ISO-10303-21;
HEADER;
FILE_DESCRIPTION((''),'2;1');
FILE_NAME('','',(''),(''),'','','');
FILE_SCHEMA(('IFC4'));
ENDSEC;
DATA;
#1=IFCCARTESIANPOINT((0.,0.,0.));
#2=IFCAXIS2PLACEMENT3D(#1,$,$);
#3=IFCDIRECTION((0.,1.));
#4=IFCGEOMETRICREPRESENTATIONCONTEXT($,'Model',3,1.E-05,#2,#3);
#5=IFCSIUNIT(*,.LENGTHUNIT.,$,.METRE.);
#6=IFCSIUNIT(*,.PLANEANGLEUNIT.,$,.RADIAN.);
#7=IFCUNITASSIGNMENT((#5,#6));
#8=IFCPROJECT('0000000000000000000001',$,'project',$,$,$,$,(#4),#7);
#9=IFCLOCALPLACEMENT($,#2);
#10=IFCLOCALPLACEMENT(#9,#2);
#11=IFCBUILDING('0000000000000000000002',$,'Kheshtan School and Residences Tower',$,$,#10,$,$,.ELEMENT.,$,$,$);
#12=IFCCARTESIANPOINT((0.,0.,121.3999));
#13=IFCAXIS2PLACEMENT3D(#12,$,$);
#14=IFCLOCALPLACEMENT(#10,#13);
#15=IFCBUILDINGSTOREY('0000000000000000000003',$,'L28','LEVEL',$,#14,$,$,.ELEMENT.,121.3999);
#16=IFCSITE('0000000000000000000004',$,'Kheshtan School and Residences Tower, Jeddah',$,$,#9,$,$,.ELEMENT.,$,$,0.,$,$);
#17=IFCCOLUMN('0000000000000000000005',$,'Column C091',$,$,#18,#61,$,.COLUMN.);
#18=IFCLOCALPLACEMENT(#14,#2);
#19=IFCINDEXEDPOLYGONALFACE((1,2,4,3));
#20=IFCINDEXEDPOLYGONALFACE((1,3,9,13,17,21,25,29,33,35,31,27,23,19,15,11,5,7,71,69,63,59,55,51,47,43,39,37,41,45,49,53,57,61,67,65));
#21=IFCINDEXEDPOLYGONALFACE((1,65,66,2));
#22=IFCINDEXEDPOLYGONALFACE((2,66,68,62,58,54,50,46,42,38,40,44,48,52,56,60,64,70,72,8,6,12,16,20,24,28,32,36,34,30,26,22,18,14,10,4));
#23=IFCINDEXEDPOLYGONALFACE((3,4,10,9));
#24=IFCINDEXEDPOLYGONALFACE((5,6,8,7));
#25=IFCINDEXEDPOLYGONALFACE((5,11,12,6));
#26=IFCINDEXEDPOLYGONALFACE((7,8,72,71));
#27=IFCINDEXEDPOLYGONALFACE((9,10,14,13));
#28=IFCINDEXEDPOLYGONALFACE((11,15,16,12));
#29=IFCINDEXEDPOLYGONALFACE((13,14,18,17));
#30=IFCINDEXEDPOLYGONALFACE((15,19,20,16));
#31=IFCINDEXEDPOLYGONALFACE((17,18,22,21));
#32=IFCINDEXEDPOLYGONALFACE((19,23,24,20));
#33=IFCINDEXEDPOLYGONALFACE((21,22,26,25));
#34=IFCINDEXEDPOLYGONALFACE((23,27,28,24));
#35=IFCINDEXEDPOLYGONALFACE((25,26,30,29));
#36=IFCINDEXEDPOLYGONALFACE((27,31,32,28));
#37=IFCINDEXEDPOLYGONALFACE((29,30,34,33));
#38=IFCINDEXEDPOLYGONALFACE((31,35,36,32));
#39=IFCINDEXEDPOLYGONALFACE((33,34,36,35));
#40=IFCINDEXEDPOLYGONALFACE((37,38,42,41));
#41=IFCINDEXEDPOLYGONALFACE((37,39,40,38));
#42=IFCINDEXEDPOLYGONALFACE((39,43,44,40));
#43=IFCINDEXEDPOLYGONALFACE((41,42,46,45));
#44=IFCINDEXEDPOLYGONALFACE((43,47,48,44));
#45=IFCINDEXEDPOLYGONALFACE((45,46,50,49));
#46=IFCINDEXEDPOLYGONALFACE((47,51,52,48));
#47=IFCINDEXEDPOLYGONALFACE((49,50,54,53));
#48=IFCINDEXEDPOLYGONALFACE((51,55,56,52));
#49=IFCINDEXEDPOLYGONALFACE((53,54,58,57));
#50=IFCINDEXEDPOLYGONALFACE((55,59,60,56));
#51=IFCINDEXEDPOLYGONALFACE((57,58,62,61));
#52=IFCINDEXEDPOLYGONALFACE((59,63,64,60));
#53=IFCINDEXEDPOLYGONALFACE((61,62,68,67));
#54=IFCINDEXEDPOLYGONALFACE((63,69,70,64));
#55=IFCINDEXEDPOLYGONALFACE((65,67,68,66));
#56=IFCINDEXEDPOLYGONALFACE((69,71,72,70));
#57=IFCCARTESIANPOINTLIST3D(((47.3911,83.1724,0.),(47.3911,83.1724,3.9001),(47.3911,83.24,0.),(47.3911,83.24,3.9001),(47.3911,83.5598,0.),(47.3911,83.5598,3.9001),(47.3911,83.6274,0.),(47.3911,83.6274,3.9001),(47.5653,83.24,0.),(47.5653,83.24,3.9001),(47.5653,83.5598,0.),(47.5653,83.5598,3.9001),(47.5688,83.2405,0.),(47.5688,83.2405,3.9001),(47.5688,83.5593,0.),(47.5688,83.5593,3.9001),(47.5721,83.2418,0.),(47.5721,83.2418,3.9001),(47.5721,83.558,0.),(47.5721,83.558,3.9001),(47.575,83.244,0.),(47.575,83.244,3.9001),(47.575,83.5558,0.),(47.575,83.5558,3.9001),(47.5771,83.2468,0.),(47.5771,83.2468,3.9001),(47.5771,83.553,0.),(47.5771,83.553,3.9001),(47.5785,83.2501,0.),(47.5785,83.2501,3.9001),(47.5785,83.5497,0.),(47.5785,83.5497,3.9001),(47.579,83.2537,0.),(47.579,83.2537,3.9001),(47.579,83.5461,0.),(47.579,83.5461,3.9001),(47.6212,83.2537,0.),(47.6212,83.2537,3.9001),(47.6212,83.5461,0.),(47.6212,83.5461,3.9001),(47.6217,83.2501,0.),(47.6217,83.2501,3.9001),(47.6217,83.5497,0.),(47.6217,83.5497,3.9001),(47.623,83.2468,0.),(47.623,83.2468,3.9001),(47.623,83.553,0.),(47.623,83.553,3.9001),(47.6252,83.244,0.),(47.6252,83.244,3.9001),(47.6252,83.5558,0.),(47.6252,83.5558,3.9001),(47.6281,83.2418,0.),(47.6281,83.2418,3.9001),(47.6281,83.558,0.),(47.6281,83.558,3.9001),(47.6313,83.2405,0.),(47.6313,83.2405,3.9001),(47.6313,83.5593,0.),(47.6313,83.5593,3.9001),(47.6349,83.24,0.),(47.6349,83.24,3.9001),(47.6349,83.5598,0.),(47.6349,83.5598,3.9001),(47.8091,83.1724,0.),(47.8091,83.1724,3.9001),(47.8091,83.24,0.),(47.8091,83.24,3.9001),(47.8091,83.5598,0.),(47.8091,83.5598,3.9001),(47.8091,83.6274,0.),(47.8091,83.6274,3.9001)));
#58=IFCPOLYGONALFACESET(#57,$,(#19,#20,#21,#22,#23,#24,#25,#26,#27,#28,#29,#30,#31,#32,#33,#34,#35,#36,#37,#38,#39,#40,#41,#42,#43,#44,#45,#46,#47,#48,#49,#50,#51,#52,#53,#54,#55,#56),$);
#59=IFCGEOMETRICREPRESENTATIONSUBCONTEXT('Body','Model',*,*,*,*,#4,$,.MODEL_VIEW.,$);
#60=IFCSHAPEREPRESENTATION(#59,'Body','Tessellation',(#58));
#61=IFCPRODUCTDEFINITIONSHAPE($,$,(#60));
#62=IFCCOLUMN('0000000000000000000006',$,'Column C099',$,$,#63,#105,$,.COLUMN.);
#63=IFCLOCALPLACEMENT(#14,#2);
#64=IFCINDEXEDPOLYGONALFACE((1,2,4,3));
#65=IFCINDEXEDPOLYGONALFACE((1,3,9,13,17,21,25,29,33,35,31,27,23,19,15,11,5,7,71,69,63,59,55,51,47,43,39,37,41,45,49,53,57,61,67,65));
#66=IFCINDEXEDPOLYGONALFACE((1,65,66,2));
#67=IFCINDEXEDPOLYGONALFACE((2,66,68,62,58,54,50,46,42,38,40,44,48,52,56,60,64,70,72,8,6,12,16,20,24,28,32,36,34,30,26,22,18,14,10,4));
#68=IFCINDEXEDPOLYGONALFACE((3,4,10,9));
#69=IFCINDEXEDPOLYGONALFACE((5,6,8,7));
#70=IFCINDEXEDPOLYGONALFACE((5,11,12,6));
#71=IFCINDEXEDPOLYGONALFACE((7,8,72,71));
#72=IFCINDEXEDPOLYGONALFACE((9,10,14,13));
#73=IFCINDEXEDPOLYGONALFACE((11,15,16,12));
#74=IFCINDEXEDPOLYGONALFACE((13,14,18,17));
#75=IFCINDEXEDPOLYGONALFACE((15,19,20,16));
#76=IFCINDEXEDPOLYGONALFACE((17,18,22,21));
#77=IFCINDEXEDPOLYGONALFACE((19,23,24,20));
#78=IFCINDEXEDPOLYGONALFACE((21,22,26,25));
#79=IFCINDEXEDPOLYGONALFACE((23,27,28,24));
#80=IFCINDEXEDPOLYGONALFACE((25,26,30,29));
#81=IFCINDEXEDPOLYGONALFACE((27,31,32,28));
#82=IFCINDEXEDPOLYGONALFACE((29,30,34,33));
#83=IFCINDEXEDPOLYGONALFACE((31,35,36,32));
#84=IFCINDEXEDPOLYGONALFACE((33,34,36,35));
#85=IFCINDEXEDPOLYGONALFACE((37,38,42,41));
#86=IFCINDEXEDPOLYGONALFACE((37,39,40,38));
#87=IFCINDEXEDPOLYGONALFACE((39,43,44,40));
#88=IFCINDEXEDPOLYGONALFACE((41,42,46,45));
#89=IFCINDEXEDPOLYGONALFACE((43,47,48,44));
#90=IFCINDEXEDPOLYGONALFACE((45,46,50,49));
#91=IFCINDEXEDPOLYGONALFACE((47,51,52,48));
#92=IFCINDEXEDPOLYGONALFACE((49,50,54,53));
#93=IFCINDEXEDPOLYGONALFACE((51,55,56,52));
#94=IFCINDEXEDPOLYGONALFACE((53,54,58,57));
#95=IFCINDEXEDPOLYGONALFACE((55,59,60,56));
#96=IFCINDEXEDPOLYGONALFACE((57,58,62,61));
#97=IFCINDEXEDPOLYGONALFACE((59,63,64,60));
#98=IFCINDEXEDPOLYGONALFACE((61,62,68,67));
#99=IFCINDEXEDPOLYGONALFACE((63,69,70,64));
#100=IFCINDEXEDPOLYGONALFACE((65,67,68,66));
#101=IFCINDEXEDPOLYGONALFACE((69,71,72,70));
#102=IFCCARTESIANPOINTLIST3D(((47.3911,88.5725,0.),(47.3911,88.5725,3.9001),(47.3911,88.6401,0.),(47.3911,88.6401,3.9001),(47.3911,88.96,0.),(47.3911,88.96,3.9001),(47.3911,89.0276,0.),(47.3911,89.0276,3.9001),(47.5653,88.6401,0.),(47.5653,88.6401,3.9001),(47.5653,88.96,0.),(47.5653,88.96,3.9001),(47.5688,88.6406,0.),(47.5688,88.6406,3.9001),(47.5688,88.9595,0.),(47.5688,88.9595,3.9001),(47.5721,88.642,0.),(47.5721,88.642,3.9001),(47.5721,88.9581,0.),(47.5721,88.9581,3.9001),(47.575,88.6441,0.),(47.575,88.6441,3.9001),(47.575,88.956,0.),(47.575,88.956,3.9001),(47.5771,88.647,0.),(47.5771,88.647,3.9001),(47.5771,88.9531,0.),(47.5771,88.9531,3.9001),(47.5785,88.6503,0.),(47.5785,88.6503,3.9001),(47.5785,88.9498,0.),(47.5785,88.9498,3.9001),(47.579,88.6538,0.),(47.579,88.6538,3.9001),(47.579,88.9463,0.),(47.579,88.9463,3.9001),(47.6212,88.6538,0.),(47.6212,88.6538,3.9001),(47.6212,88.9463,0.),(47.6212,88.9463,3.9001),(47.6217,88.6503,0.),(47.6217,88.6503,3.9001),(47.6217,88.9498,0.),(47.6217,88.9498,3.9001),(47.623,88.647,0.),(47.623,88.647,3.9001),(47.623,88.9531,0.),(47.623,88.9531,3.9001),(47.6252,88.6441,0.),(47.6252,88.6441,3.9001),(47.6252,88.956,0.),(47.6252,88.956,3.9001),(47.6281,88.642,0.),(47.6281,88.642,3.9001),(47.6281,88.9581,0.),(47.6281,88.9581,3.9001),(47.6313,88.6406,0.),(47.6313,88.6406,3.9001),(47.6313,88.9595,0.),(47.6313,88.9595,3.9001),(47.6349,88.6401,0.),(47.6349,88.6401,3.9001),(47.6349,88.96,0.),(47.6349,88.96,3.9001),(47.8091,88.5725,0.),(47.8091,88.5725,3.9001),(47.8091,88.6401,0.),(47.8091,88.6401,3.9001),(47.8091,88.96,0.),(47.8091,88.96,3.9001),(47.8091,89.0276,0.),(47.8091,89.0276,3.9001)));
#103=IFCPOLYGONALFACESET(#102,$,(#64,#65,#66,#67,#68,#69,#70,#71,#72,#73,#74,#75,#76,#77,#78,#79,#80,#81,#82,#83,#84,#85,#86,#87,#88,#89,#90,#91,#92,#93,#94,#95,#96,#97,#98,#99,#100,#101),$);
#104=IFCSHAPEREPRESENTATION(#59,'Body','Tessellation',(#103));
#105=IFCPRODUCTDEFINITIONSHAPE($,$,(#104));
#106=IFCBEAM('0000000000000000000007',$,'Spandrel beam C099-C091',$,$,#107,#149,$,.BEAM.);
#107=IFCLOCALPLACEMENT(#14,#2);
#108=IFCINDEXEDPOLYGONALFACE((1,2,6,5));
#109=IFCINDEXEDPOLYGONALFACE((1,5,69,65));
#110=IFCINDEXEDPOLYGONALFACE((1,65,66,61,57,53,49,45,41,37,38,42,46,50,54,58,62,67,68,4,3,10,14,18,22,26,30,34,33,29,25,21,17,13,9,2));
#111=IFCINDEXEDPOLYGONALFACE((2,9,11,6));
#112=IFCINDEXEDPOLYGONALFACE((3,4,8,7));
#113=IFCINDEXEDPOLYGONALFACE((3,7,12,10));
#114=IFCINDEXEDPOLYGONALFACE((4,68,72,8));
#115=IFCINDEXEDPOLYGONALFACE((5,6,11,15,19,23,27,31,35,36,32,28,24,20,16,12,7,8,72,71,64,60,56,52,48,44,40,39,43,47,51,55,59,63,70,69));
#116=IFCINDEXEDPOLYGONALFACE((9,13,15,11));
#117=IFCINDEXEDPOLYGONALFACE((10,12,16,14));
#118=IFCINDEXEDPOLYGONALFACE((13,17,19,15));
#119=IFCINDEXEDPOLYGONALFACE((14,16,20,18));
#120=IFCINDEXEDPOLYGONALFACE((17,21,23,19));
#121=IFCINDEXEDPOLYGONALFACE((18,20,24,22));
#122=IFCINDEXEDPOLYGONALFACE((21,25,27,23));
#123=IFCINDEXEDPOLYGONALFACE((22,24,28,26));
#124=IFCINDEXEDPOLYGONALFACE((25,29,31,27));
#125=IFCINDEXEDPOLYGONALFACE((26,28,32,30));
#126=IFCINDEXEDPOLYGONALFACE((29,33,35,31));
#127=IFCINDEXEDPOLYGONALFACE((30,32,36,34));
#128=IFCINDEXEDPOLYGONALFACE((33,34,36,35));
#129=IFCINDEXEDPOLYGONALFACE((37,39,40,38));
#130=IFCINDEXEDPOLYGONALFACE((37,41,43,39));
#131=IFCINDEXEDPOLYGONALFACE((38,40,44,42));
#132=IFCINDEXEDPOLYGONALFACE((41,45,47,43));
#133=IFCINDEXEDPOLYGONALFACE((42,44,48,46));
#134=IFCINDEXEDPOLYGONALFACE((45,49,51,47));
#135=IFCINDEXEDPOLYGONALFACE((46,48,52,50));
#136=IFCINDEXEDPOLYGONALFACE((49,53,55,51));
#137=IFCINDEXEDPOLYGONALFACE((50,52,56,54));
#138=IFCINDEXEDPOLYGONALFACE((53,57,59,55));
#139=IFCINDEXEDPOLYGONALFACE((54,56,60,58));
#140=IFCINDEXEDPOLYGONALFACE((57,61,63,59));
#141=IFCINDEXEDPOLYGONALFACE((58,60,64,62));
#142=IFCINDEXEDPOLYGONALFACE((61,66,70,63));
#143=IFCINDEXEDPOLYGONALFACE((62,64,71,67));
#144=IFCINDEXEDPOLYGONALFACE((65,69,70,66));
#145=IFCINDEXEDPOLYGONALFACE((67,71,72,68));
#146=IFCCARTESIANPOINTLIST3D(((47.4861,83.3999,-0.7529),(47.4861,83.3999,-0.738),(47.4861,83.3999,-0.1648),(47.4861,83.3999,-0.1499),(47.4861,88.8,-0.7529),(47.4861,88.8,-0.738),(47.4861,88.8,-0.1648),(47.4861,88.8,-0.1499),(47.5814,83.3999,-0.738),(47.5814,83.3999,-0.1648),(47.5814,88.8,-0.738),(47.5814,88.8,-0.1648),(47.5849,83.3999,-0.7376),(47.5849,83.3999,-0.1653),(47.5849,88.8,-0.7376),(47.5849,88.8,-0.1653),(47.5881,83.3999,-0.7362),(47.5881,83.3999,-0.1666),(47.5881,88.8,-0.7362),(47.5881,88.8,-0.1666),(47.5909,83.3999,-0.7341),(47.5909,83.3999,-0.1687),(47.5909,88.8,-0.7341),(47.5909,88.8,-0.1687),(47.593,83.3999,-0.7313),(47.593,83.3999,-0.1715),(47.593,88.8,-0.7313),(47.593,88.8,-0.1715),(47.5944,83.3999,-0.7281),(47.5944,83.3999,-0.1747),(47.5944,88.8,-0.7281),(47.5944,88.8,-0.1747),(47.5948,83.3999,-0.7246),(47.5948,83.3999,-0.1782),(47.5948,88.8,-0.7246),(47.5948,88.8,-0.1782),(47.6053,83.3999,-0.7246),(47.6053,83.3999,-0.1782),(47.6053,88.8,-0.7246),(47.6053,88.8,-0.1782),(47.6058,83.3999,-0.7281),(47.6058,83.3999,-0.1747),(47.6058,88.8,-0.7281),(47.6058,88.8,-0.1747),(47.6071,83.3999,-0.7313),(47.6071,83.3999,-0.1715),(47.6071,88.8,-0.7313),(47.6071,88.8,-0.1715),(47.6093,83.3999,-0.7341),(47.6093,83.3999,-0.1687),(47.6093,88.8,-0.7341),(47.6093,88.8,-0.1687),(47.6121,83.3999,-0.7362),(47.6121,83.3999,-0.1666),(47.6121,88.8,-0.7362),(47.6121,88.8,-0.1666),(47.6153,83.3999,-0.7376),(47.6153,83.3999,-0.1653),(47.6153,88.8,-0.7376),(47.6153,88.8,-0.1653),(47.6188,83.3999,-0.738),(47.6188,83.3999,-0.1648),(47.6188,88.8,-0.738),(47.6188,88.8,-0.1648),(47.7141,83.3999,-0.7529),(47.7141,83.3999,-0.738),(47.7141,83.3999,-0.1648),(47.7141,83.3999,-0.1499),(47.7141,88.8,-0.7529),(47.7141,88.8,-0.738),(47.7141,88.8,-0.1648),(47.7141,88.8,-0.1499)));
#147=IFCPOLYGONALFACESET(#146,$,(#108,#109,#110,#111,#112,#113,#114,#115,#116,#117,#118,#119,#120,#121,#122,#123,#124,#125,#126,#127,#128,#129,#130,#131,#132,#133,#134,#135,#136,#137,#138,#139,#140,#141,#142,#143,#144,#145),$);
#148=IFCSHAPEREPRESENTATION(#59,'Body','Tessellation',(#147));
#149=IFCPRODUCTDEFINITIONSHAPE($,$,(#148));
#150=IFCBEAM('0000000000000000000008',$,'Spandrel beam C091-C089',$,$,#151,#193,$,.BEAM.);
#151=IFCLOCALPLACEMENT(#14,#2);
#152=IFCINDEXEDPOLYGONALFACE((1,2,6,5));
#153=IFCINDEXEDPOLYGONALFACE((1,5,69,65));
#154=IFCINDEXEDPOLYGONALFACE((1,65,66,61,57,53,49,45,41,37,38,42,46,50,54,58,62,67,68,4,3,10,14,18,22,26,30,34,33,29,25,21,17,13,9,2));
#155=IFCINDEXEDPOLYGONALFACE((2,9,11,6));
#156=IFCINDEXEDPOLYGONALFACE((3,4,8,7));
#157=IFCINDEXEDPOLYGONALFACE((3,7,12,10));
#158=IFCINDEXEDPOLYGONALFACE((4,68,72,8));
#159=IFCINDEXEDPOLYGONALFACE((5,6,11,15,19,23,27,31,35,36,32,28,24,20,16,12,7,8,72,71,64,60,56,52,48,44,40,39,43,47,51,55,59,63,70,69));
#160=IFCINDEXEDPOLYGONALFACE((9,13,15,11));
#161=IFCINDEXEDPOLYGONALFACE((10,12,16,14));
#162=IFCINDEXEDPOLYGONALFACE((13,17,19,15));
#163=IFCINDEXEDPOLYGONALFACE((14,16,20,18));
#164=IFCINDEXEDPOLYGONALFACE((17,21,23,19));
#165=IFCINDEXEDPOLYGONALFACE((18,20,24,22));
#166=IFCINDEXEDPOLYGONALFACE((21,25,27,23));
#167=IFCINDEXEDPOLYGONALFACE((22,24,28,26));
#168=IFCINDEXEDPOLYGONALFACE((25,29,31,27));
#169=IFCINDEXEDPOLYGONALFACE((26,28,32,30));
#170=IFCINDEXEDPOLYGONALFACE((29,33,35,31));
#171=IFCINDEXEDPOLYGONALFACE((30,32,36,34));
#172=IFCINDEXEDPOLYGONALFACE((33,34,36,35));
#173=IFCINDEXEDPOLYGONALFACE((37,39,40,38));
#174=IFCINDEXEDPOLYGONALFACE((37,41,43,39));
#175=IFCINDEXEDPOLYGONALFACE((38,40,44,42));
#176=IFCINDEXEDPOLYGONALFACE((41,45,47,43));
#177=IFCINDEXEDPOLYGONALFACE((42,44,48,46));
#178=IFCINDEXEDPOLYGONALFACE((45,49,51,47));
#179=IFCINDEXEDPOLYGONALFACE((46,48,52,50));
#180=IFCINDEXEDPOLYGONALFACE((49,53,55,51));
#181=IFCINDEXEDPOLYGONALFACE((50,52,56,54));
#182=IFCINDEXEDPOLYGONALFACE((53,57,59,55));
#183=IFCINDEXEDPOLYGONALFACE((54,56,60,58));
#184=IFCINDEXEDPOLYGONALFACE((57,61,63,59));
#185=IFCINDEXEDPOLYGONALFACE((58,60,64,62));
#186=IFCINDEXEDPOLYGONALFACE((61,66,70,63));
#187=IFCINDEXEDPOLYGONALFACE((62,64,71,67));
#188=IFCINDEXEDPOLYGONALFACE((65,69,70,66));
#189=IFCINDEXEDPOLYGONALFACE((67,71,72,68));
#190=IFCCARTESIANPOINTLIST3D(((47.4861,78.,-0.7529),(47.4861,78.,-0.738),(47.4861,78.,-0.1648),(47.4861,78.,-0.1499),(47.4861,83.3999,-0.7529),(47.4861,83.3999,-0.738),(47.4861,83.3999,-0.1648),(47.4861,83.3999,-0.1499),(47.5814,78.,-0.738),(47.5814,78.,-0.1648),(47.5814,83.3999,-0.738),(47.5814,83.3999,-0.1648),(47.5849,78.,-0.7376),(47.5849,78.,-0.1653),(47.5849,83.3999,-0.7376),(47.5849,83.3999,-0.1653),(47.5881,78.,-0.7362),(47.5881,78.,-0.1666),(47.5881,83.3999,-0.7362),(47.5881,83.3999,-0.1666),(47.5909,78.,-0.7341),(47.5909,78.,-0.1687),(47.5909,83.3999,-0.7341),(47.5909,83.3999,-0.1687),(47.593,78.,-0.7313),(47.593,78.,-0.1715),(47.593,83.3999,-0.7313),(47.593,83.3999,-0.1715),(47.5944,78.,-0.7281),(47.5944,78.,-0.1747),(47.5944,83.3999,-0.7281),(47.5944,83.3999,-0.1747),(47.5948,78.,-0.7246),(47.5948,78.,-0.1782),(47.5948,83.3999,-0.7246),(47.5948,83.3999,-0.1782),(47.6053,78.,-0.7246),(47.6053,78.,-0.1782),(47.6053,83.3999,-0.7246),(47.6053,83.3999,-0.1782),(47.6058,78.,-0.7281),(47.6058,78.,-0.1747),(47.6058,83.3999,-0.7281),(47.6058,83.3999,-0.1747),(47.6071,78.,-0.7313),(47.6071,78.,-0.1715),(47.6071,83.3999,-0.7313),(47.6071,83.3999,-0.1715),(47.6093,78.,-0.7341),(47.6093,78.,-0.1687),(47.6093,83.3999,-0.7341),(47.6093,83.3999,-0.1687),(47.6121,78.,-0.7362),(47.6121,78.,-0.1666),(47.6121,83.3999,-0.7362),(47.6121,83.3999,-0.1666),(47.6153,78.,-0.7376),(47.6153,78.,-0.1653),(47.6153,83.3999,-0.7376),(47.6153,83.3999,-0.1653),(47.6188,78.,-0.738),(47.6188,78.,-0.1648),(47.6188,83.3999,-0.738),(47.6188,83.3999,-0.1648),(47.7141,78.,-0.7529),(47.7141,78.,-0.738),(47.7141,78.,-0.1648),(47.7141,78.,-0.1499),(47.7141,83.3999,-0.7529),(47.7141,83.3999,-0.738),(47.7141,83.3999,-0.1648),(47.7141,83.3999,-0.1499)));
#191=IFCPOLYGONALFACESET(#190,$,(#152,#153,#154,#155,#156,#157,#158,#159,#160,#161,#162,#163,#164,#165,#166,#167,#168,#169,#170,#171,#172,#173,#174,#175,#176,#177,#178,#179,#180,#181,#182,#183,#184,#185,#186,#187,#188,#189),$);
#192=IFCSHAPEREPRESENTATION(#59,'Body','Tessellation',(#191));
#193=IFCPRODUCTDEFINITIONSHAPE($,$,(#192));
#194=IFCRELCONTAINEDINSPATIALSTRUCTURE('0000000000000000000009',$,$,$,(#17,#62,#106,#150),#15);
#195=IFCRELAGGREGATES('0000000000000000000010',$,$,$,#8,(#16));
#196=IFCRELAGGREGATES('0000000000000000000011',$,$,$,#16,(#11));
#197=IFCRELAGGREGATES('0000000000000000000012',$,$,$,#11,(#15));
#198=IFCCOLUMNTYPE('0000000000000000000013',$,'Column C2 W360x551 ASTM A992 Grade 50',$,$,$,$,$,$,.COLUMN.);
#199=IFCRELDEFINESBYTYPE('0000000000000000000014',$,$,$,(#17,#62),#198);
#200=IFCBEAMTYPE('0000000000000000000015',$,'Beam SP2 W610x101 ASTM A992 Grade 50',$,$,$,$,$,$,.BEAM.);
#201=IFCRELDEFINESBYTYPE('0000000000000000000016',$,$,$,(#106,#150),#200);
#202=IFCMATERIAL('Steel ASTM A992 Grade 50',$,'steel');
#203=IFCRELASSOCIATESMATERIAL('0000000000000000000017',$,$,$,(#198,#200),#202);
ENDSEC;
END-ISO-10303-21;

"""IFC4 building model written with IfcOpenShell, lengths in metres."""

from ifc_helpers import new_model, si_unit, direction, frame, origin, origin_2d, place, context, subcontext, project, spatial, i_section, extrude, material, material_profile, profile_set, type_object, element, save


model = new_model("IFC4")

# Units and contexts
model_context = context("Model", 3, precision=1e-05, world=origin(), true_north=direction((0.0, 1.0)))
body_context = subcontext(model_context, "Body", "Model", "MODEL_VIEW")
ifc_project = project(units=[si_unit("LENGTHUNIT", "METRE"), si_unit("PLANEANGLEUNIT", "RADIAN")], contexts=[model_context])

# Site, building, storey
site_placement = place(None, origin())
site = spatial("IfcSite", under=ifc_project, at=site_placement, Name="Kheshtan School and Residences Tower, Jeddah", CompositionType="ELEMENT", RefElevation=0.0)
building_placement = place(site_placement, origin())
building = spatial("IfcBuilding", under=site, at=building_placement, Name="Kheshtan School and Residences Tower", CompositionType="ELEMENT")
storey_placement = place(building_placement, frame((0.0, 0.0, 121.3999)))
storey = spatial("IfcBuildingStorey", under=building, at=storey_placement, Name="L28", Description="LEVEL", CompositionType="ELEMENT", Elevation=121.3999)

# Columns
ifc_material_1 = material(Name="Steel ASTM A992 Grade 50", Category="steel")
ifc_material_profile_1 = material_profile(ifc_material_1, i_section(OverallWidth=0.418, OverallDepth=0.4551, WebThickness=0.0422, FlangeThickness=0.0676, FilletRadius=0.0137, at=origin_2d()), Name="W360x551")
ifc_profile_set_1 = profile_set([ifc_material_profile_1], Name="Steel ASTM A992 Grade 50")
column_type = type_object("IfcColumnType", Name="Column C2 W360x551 ASTM A992 Grade 50", PredefinedType="COLUMN", material=ifc_profile_set_1)
for number, where, z_axis, x_axis, name in (
    (1, (47.6001, 83.3999, 0.0), (0.0, 0.0, 1.0), (1.0, 0.0, 0.0), "Column C091"),
    (2, (47.6001, 88.8, 0.0), (0.0, 0.0, 1.0), (1.0, 0.0, 0.0), "Column C099"),
):
    element("IfcColumn", number, at=place(storey_placement, frame(where, z_axis=z_axis, x_axis=x_axis)), inside=storey, type_object=column_type, Name=name, PredefinedType="COLUMN", context=body_context, shape_type="SweptSolid", body=[
        extrude(i_section(OverallWidth=0.418, OverallDepth=0.4551, WebThickness=0.0422, FlangeThickness=0.0676, FilletRadius=0.0137, at=origin_2d()), origin(), (0.0, 0.0, 1.0), 3.9001),
    ])

# Beams
ifc_material_profile_2 = material_profile(ifc_material_1, i_section(OverallWidth=0.228, OverallDepth=0.603, WebThickness=0.0105, FlangeThickness=0.0149, FilletRadius=0.0134, at=origin_2d()), Name="W610x101")
ifc_profile_set_2 = profile_set([ifc_material_profile_2], Name="Steel ASTM A992 Grade 50")
beam_type = type_object("IfcBeamType", Name="Beam SP2 W610x101 ASTM A992 Grade 50", PredefinedType="BEAM", material=ifc_profile_set_2)
beam_1_placement = place(storey_placement, frame((47.6001, 88.8, -0.4514), z_axis=(0.0, -1.0, 0.0), x_axis=(1.0, 0.0, 0.0)))
element("IfcBeam", 3, at=beam_1_placement, inside=storey, type_object=beam_type, Name="Spandrel beam C099-C091", PredefinedType="BEAM", context=body_context, shape_type="SweptSolid", body=[
    extrude(i_section(OverallWidth=0.228, OverallDepth=0.603, WebThickness=0.0105, FlangeThickness=0.0149, FilletRadius=0.0134, at=origin_2d()), origin(), (0.0, 0.0, 1.0), 5.4001),
])
beam_2_placement = place(storey_placement, frame((47.6001, 83.3999, -0.4514), z_axis=(0.0, -1.0, 0.0), x_axis=(1.0, 0.0, 0.0)))
element("IfcBeam", 4, at=beam_2_placement, inside=storey, type_object=beam_type, Name="Spandrel beam C091-C089", PredefinedType="BEAM", context=body_context, shape_type="SweptSolid", body=[
    extrude(i_section(OverallWidth=0.228, OverallDepth=0.603, WebThickness=0.0105, FlangeThickness=0.0149, FilletRadius=0.0134, at=origin_2d()), origin(), (0.0, 0.0, 1.0), 5.3999),
])

save(model, "model.ifc")
